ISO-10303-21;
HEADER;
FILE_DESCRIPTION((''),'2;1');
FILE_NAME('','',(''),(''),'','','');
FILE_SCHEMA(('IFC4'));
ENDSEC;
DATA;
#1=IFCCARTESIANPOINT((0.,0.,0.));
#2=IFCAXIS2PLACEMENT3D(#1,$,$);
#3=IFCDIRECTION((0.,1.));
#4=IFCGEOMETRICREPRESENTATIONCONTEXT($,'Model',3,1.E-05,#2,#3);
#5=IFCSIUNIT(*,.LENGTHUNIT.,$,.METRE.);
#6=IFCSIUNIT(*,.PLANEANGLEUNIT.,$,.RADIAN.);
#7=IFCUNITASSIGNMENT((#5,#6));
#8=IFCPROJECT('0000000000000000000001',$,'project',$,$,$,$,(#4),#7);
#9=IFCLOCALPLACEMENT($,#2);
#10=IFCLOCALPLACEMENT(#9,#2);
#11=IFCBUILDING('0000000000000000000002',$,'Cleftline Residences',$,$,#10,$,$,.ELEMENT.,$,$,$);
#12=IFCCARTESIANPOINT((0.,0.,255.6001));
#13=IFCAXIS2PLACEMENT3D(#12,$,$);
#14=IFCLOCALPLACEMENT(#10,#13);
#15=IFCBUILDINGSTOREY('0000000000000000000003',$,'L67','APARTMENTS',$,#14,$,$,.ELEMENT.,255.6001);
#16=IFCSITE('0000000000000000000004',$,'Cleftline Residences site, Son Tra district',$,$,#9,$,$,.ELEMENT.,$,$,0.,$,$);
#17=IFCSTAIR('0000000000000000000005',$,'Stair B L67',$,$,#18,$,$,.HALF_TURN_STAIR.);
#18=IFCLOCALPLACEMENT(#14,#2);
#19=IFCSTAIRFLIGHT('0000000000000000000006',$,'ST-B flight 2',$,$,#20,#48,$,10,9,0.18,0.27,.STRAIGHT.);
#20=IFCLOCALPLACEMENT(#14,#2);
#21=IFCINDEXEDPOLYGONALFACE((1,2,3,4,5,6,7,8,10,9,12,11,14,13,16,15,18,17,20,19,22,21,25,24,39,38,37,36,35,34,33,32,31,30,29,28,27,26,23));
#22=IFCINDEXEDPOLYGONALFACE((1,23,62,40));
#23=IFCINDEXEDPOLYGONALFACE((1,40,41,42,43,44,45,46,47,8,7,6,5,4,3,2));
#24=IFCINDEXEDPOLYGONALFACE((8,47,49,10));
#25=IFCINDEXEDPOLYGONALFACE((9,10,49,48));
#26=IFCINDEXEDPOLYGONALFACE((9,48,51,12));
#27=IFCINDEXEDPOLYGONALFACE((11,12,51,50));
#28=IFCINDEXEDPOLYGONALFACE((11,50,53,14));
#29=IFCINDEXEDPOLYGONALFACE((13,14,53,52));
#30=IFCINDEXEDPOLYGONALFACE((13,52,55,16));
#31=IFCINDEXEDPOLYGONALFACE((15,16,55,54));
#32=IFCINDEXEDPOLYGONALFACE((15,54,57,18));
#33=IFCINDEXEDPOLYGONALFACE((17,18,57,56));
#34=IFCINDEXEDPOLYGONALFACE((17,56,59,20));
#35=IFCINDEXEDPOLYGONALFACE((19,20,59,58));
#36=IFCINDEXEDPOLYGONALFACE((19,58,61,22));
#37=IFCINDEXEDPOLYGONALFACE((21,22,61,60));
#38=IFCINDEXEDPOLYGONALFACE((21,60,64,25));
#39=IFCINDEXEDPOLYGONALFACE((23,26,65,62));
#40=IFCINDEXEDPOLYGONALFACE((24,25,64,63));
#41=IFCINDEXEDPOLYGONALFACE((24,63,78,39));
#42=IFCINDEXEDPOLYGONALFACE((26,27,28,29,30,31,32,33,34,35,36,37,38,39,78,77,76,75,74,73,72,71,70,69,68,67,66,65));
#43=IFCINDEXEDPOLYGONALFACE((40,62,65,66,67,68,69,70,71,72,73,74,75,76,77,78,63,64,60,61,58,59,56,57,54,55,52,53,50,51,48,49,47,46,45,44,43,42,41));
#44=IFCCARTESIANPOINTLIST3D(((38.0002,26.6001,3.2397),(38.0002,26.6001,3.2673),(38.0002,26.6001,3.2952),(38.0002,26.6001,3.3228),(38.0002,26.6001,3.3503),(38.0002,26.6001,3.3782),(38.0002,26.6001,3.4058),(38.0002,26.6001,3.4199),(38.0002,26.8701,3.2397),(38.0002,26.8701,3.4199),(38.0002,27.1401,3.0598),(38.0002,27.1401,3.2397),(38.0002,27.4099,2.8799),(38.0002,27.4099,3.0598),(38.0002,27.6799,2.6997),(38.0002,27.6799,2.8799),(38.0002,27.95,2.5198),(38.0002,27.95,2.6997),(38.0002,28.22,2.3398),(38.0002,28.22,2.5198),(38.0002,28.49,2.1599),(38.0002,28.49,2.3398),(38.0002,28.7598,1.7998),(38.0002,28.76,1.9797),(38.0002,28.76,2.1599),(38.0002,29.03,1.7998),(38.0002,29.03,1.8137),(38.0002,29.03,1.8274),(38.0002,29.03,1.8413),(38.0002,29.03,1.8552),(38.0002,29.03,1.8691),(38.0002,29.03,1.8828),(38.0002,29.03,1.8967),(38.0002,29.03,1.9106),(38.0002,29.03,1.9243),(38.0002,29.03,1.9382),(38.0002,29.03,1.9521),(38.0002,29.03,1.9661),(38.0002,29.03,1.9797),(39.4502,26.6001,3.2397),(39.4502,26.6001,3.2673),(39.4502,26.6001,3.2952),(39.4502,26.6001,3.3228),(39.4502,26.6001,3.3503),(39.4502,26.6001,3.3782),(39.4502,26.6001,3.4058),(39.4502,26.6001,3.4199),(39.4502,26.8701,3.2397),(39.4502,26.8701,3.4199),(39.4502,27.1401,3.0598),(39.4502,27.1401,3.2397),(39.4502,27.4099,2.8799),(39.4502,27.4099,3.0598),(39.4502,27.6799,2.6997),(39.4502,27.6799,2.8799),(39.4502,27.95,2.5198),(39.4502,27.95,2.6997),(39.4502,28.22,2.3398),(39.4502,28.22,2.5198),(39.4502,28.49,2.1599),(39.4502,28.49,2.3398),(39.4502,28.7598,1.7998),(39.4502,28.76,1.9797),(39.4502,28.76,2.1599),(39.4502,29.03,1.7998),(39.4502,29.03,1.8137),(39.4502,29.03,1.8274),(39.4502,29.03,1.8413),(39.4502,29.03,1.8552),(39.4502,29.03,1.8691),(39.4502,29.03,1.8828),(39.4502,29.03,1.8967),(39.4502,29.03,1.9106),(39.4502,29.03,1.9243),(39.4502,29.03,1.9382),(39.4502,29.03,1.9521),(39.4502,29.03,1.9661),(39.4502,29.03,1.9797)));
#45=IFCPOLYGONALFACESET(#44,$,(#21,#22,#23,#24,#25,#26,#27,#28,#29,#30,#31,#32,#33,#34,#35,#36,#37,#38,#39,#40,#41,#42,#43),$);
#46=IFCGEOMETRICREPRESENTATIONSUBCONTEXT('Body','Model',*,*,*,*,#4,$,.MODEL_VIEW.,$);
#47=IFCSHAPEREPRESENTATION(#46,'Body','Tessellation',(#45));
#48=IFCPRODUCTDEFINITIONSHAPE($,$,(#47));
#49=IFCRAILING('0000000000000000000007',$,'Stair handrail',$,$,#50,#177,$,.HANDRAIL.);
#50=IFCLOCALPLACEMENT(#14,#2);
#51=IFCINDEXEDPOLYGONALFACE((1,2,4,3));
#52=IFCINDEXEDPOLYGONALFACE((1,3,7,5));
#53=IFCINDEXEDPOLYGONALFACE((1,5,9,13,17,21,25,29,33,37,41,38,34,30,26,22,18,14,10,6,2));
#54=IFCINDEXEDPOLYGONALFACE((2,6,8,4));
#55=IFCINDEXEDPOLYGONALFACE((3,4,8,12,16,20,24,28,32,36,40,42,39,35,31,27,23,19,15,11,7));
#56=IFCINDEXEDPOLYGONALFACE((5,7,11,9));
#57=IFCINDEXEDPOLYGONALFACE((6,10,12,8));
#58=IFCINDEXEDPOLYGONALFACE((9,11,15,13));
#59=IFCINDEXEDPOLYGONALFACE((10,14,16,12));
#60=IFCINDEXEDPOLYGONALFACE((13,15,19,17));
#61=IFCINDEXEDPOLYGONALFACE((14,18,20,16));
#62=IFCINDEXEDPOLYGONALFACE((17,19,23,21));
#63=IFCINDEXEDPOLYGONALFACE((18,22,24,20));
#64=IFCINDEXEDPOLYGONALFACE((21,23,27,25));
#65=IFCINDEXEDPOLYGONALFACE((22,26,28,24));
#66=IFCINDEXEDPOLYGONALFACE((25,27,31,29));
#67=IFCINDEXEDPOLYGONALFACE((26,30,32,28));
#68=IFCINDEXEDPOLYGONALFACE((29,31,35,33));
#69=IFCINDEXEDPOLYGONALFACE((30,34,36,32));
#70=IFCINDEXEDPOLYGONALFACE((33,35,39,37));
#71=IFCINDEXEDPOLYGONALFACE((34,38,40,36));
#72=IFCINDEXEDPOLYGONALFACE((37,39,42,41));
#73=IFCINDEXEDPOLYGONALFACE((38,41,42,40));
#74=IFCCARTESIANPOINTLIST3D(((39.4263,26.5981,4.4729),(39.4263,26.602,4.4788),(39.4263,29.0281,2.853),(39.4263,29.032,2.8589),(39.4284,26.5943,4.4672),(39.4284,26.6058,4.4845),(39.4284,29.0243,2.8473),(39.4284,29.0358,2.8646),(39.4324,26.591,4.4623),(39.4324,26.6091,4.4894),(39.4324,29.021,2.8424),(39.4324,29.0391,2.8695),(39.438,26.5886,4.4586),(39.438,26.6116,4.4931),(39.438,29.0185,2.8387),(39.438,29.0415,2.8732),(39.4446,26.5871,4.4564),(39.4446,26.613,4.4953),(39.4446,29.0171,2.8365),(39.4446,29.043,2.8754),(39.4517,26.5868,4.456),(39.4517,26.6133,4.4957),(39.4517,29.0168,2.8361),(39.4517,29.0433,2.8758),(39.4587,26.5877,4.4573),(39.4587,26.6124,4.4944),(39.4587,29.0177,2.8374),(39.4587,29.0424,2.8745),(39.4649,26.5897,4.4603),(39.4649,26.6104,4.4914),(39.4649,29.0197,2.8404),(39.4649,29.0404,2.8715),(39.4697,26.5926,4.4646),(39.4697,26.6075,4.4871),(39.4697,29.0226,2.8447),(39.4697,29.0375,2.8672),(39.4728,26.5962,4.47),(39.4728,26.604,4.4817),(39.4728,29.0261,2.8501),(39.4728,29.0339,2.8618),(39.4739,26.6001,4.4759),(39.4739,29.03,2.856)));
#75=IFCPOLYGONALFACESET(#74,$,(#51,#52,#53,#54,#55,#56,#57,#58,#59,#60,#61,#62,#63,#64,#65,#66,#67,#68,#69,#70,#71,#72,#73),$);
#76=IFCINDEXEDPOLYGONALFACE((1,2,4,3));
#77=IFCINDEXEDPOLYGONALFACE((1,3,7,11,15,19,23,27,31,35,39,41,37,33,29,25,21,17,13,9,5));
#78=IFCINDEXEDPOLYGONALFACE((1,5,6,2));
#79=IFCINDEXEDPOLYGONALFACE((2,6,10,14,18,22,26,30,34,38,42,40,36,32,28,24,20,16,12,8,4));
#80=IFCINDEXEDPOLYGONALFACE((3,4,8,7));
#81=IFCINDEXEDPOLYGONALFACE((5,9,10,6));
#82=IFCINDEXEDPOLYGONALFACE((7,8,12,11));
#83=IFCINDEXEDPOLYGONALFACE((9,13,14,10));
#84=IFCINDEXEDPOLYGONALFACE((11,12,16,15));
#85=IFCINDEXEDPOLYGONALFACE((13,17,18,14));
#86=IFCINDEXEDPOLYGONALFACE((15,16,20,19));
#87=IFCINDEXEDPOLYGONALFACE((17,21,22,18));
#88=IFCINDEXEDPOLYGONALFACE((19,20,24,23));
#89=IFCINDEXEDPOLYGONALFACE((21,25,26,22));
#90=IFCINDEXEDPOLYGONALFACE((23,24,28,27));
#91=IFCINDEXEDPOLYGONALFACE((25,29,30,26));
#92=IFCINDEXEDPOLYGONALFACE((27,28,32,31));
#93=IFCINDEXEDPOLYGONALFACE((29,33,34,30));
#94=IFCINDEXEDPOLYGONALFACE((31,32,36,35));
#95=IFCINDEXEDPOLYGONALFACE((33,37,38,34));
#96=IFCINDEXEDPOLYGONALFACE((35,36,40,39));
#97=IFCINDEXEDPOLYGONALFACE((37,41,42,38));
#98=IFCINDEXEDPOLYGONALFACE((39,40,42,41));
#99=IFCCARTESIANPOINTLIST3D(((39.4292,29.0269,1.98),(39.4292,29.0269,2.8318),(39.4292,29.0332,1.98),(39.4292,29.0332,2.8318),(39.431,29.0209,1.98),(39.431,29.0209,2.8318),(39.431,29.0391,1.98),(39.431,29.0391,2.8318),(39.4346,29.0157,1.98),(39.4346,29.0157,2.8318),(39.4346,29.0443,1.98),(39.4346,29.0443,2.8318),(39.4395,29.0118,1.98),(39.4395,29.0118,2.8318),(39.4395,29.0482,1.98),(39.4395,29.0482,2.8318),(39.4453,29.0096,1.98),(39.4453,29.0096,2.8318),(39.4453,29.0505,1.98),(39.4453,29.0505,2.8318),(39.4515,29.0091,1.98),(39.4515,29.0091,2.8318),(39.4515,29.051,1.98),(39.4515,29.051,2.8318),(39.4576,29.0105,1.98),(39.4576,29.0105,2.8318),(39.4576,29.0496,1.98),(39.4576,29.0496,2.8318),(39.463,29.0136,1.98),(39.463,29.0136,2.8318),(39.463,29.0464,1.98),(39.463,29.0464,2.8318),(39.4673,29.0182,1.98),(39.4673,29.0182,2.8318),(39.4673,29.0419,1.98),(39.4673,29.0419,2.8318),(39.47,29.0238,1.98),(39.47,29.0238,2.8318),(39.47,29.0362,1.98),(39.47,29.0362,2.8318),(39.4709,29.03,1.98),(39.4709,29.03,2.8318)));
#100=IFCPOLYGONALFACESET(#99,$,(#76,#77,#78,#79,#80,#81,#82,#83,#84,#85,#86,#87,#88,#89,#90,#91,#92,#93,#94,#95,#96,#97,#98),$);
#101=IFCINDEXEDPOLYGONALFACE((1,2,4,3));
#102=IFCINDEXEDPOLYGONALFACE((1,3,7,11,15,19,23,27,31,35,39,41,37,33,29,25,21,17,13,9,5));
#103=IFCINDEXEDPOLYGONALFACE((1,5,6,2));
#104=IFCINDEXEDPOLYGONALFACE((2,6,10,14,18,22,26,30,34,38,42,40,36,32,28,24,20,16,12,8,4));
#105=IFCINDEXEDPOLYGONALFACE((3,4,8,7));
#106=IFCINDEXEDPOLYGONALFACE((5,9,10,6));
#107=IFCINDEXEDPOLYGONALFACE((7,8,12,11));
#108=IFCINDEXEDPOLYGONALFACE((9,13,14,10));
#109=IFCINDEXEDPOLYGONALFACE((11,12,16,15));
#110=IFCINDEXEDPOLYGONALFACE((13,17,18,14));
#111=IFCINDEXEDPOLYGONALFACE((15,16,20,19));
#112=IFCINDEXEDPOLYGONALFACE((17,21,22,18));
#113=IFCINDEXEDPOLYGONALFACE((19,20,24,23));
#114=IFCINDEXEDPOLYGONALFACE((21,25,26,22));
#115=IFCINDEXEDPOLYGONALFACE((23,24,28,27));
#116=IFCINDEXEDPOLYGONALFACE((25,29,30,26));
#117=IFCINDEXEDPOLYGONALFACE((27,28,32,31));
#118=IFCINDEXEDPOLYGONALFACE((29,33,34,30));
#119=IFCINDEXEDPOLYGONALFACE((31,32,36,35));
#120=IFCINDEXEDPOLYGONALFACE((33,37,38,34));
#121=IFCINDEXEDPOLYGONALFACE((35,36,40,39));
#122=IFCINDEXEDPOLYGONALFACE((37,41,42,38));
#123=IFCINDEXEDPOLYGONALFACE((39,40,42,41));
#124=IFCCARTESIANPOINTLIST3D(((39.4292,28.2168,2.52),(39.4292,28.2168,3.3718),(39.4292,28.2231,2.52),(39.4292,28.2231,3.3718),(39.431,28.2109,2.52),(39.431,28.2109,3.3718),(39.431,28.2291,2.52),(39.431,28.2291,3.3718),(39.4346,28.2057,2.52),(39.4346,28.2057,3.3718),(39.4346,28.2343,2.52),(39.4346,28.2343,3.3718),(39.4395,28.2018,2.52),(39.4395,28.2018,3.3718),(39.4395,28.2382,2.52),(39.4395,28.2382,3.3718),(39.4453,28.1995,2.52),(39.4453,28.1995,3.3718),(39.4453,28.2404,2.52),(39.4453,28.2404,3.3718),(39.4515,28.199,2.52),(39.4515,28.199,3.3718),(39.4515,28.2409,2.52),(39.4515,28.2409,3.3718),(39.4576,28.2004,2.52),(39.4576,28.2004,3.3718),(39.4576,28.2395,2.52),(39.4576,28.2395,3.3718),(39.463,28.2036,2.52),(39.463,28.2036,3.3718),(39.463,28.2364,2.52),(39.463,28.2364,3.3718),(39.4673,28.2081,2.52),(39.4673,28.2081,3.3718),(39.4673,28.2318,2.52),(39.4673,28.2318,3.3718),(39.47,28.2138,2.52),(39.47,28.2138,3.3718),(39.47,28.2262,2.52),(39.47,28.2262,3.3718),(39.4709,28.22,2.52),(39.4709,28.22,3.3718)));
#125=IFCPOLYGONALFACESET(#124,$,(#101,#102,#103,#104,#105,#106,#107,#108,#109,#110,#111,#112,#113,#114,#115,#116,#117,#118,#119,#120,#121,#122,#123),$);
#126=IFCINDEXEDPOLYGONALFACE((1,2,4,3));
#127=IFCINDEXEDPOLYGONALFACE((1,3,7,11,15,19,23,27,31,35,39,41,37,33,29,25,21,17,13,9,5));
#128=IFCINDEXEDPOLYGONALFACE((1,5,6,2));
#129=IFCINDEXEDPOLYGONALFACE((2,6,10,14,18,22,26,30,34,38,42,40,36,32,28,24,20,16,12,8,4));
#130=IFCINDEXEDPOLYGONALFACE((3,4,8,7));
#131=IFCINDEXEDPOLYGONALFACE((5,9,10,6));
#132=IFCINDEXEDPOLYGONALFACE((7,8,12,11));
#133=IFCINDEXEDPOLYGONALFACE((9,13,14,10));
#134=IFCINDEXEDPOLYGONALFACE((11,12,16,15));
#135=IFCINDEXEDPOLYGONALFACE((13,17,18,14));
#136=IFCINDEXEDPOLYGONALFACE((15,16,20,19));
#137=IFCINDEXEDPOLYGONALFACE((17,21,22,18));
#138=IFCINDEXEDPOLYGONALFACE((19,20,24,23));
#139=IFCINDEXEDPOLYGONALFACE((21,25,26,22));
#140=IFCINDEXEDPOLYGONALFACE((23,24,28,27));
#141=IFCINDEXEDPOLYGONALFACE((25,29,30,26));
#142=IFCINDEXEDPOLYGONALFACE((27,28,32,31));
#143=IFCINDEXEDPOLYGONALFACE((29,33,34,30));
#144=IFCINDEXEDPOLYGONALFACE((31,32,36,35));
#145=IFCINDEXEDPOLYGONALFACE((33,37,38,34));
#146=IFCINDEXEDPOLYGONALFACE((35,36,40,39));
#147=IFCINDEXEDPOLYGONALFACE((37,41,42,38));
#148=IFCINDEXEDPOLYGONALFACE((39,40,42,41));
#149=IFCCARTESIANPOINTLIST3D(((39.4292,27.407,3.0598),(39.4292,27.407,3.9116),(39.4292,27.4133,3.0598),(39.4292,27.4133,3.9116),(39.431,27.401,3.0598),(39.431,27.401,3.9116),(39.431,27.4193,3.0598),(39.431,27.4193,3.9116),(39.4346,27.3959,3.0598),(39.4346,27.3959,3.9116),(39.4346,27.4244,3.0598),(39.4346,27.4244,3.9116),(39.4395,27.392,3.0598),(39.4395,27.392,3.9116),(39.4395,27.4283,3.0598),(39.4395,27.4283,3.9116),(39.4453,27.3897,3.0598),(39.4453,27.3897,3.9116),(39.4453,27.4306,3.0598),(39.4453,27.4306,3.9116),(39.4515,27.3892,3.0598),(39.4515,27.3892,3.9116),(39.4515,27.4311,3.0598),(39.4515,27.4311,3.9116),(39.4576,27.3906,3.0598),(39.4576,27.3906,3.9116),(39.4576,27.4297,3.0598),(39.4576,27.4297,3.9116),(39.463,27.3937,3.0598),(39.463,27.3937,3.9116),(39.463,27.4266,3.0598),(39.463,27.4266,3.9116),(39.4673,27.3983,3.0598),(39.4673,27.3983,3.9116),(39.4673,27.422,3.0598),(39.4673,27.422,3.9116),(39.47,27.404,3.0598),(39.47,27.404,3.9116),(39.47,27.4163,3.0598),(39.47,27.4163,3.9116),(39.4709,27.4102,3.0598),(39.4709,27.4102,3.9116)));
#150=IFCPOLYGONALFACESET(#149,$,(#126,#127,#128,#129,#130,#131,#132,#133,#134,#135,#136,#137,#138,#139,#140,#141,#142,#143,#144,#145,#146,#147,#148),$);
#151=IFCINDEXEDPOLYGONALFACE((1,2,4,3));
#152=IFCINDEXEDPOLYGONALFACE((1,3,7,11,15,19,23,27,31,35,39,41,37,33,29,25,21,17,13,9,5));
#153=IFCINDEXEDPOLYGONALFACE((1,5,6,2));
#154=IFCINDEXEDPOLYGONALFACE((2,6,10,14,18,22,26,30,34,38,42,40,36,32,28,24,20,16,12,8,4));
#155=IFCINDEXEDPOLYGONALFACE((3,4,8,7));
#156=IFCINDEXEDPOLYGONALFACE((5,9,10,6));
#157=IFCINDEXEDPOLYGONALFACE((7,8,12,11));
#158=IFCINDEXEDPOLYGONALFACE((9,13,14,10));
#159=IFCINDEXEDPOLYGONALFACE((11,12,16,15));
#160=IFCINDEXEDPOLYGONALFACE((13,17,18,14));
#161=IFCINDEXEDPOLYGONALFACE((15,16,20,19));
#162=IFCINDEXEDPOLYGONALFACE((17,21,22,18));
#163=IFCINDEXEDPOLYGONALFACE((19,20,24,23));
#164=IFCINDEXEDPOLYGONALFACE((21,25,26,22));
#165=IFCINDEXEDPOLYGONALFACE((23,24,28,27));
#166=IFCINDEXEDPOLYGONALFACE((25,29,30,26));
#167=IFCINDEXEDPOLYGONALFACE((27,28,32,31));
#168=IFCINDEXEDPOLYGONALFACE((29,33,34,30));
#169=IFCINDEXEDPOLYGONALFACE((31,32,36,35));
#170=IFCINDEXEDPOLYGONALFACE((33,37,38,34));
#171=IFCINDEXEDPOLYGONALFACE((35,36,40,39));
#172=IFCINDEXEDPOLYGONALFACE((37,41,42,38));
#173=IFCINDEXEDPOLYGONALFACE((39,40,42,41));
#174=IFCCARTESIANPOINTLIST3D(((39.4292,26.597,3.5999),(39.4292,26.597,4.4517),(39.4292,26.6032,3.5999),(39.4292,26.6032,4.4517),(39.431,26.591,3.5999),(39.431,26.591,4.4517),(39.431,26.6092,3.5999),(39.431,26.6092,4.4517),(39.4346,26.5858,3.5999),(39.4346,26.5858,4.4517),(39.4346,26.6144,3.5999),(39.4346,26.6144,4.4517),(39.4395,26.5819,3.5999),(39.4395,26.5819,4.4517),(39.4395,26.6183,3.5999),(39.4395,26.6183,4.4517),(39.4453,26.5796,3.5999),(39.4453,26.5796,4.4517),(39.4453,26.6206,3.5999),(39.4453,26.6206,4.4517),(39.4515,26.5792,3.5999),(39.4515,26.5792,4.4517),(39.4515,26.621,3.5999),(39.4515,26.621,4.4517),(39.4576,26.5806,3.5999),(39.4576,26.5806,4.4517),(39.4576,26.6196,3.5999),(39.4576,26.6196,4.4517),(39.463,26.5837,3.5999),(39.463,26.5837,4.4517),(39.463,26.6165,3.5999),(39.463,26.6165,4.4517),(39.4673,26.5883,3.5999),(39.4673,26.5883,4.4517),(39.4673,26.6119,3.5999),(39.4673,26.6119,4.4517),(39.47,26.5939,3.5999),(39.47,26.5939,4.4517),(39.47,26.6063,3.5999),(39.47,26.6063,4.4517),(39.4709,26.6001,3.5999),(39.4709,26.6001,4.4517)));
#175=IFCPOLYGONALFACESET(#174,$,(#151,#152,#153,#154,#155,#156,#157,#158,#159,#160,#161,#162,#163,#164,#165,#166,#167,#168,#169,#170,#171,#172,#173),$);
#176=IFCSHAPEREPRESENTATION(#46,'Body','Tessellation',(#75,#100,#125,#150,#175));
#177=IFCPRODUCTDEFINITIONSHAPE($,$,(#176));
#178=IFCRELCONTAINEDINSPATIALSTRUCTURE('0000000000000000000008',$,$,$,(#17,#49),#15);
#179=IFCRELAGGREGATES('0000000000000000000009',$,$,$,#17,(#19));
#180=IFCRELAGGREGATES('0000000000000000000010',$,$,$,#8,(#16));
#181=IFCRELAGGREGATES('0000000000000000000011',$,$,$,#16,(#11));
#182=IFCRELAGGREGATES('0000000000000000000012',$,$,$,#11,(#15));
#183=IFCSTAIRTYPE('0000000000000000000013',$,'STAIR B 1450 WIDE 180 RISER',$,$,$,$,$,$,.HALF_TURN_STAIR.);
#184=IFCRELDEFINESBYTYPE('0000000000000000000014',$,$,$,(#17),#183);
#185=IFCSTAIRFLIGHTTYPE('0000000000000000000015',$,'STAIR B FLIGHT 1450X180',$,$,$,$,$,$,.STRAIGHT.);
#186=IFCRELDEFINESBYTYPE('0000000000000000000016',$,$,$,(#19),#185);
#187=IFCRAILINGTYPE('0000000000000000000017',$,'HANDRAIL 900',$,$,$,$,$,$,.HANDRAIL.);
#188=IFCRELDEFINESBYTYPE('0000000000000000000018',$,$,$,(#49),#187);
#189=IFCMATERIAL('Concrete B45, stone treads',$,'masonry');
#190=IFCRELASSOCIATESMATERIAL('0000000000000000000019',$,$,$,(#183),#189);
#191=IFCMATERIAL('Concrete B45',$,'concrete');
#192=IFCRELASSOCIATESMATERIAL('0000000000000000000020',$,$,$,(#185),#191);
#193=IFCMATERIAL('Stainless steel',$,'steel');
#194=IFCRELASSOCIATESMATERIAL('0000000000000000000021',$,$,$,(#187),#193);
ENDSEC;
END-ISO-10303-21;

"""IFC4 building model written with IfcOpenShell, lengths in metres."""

from ifc_helpers import new_model, si_unit, direction, frame, origin, origin_2d, place, context, subcontext, project, spatial, polyline, circle, outline, extrude, material, type_object, element, aggregate, save


model = new_model("IFC4")

# Units and contexts
model_context = context("Model", 3, precision=1e-05, world=origin(), true_north=direction((0.0, 1.0)))
body_context = subcontext(model_context, "Body", "Model", "MODEL_VIEW")
ifc_project = project(units=[si_unit("LENGTHUNIT", "METRE"), si_unit("PLANEANGLEUNIT", "RADIAN")], contexts=[model_context])

# Site, building, storey
site_placement = place(None, origin())
site = spatial("IfcSite", under=ifc_project, at=site_placement, Name="Cleftline Residences site, Son Tra district", CompositionType="ELEMENT", RefElevation=0.0)
building_placement = place(site_placement, origin())
building = spatial("IfcBuilding", under=site, at=building_placement, Name="Cleftline Residences", CompositionType="ELEMENT")
storey_placement = place(building_placement, frame((0.0, 0.0, 255.6001)))
storey = spatial("IfcBuildingStorey", under=building, at=storey_placement, Name="L67", Description="APARTMENTS", CompositionType="ELEMENT", Elevation=255.6001)

# Stair, stair flight
ifc_material_1 = material(Name="Concrete B45, stone treads", Category="masonry")
stair_type = type_object("IfcStairType", Name="STAIR B 1450 WIDE 180 RISER", PredefinedType="HALF_TURN_STAIR", material=ifc_material_1)
stair_placement = place(storey_placement, origin())
stair = element("IfcStair", 1, at=stair_placement, inside=storey, type_object=stair_type, Name="Stair B L67", PredefinedType="HALF_TURN_STAIR")
ifc_material_2 = material(Name="Concrete B45", Category="concrete")
stair_flight_type = type_object("IfcStairFlightType", Name="STAIR B FLIGHT 1450X180", PredefinedType="STRAIGHT", material=ifc_material_2)
stair_flight_1_placement = place(storey_placement, frame((38.7251, 29.03, 1.7998), z_axis=(0.0, 0.0, 1.0), x_axis=(0.0, -1.0, 0.0)))
stair_flight_1 = element("IfcStairFlight", 2, at=stair_flight_1_placement, type_object=stair_flight_type, Name="ST-B flight 2", NumberOfRisers=10, NumberOfTreads=9, PredefinedType="STRAIGHT", RiserHeight=0.18, TreadLength=0.27, context=body_context, shape_type="SweptSolid", body=[
    extrude(outline(polyline([(0.0, 0.0), (0.0, 0.0139), (0.0, 0.0276), (0.0, 0.0415), (0.0, 0.0554), (0.0, 0.0693), (0.0, 0.083), (0.0, 0.0969), (0.0, 0.1108), (0.0, 0.1245), (0.0, 0.1384), (0.0, 0.1523), (0.0, 0.1663), (0.0, 0.1799), (0.27, 0.1799), (0.27, 0.3601), (0.54, 0.3601), (0.54, 0.54), (0.8101, 0.54), (0.8101, 0.72), (1.0801, 0.72), (1.0801, 0.8999), (1.3501, 0.8999), (1.3501, 1.0801), (1.6201, 1.0801), (1.6201, 1.26), (1.8899, 1.26), (1.8899, 1.4399), (2.1599, 1.4399), (2.1599, 1.6201), (2.4299, 1.6201), (2.4299, 1.8), (2.4299, 1.7722), (2.4299, 1.7446), (2.4299, 1.7168), (2.4299, 1.6892), (2.4299, 1.6614), (2.4299, 1.6338), (2.4299, 1.606), (2.4299, 1.5784), (2.4299, 1.5505), (2.4299, 1.5229), (2.4299, 1.4954), (2.4299, 1.4675), (2.4299, 1.4399), (0.2703, 0.0), (0.0, 0.0)])), frame((0.0, 0.7251, 0.0), z_axis=(0.0, -1.0, 0.0), x_axis=(1.0, 0.0, 0.0)), (0.0, 0.0, 1.0), 1.45),
])
aggregate(stair, [stair_flight_1])

# Railing
ifc_material_3 = material(Name="Stainless steel", Category="steel")
railing_type = type_object("IfcRailingType", Name="HANDRAIL 900", PredefinedType="HANDRAIL", material=ifc_material_3)
railing_placement = place(storey_placement, frame((39.45, 29.03, 1.98)))
element("IfcRailing", 3, at=railing_placement, inside=storey, type_object=railing_type, Name="Stair handrail", PredefinedType="HANDRAIL", context=body_context, shape_type="SweptSolid", body=[
    extrude(circle(Radius=0.0239, at=origin_2d()), frame((0.0, 0.0, 0.876), z_axis=(0.0, -0.832063, 0.554681), x_axis=(1.0, 0.0, 0.0)), (0.0, 0.0, 1.0), 2.9204),
    extrude(circle(Radius=0.021, at=origin_2d()), origin(), (0.0, 0.0, 1.0), 0.8518),
    extrude(circle(Radius=0.021, at=origin_2d()), frame((0.0, -0.8101, 0.54)), (0.0, 0.0, 1.0), 0.8518),
    extrude(circle(Radius=0.021, at=origin_2d()), frame((0.0, -1.6199, 1.0798)), (0.0, 0.0, 1.0), 0.8518),
    extrude(circle(Radius=0.021, at=origin_2d()), frame((0.0, -2.4299, 1.6199)), (0.0, 0.0, 1.0), 0.8518),
])

save(model, "model.ifc")
